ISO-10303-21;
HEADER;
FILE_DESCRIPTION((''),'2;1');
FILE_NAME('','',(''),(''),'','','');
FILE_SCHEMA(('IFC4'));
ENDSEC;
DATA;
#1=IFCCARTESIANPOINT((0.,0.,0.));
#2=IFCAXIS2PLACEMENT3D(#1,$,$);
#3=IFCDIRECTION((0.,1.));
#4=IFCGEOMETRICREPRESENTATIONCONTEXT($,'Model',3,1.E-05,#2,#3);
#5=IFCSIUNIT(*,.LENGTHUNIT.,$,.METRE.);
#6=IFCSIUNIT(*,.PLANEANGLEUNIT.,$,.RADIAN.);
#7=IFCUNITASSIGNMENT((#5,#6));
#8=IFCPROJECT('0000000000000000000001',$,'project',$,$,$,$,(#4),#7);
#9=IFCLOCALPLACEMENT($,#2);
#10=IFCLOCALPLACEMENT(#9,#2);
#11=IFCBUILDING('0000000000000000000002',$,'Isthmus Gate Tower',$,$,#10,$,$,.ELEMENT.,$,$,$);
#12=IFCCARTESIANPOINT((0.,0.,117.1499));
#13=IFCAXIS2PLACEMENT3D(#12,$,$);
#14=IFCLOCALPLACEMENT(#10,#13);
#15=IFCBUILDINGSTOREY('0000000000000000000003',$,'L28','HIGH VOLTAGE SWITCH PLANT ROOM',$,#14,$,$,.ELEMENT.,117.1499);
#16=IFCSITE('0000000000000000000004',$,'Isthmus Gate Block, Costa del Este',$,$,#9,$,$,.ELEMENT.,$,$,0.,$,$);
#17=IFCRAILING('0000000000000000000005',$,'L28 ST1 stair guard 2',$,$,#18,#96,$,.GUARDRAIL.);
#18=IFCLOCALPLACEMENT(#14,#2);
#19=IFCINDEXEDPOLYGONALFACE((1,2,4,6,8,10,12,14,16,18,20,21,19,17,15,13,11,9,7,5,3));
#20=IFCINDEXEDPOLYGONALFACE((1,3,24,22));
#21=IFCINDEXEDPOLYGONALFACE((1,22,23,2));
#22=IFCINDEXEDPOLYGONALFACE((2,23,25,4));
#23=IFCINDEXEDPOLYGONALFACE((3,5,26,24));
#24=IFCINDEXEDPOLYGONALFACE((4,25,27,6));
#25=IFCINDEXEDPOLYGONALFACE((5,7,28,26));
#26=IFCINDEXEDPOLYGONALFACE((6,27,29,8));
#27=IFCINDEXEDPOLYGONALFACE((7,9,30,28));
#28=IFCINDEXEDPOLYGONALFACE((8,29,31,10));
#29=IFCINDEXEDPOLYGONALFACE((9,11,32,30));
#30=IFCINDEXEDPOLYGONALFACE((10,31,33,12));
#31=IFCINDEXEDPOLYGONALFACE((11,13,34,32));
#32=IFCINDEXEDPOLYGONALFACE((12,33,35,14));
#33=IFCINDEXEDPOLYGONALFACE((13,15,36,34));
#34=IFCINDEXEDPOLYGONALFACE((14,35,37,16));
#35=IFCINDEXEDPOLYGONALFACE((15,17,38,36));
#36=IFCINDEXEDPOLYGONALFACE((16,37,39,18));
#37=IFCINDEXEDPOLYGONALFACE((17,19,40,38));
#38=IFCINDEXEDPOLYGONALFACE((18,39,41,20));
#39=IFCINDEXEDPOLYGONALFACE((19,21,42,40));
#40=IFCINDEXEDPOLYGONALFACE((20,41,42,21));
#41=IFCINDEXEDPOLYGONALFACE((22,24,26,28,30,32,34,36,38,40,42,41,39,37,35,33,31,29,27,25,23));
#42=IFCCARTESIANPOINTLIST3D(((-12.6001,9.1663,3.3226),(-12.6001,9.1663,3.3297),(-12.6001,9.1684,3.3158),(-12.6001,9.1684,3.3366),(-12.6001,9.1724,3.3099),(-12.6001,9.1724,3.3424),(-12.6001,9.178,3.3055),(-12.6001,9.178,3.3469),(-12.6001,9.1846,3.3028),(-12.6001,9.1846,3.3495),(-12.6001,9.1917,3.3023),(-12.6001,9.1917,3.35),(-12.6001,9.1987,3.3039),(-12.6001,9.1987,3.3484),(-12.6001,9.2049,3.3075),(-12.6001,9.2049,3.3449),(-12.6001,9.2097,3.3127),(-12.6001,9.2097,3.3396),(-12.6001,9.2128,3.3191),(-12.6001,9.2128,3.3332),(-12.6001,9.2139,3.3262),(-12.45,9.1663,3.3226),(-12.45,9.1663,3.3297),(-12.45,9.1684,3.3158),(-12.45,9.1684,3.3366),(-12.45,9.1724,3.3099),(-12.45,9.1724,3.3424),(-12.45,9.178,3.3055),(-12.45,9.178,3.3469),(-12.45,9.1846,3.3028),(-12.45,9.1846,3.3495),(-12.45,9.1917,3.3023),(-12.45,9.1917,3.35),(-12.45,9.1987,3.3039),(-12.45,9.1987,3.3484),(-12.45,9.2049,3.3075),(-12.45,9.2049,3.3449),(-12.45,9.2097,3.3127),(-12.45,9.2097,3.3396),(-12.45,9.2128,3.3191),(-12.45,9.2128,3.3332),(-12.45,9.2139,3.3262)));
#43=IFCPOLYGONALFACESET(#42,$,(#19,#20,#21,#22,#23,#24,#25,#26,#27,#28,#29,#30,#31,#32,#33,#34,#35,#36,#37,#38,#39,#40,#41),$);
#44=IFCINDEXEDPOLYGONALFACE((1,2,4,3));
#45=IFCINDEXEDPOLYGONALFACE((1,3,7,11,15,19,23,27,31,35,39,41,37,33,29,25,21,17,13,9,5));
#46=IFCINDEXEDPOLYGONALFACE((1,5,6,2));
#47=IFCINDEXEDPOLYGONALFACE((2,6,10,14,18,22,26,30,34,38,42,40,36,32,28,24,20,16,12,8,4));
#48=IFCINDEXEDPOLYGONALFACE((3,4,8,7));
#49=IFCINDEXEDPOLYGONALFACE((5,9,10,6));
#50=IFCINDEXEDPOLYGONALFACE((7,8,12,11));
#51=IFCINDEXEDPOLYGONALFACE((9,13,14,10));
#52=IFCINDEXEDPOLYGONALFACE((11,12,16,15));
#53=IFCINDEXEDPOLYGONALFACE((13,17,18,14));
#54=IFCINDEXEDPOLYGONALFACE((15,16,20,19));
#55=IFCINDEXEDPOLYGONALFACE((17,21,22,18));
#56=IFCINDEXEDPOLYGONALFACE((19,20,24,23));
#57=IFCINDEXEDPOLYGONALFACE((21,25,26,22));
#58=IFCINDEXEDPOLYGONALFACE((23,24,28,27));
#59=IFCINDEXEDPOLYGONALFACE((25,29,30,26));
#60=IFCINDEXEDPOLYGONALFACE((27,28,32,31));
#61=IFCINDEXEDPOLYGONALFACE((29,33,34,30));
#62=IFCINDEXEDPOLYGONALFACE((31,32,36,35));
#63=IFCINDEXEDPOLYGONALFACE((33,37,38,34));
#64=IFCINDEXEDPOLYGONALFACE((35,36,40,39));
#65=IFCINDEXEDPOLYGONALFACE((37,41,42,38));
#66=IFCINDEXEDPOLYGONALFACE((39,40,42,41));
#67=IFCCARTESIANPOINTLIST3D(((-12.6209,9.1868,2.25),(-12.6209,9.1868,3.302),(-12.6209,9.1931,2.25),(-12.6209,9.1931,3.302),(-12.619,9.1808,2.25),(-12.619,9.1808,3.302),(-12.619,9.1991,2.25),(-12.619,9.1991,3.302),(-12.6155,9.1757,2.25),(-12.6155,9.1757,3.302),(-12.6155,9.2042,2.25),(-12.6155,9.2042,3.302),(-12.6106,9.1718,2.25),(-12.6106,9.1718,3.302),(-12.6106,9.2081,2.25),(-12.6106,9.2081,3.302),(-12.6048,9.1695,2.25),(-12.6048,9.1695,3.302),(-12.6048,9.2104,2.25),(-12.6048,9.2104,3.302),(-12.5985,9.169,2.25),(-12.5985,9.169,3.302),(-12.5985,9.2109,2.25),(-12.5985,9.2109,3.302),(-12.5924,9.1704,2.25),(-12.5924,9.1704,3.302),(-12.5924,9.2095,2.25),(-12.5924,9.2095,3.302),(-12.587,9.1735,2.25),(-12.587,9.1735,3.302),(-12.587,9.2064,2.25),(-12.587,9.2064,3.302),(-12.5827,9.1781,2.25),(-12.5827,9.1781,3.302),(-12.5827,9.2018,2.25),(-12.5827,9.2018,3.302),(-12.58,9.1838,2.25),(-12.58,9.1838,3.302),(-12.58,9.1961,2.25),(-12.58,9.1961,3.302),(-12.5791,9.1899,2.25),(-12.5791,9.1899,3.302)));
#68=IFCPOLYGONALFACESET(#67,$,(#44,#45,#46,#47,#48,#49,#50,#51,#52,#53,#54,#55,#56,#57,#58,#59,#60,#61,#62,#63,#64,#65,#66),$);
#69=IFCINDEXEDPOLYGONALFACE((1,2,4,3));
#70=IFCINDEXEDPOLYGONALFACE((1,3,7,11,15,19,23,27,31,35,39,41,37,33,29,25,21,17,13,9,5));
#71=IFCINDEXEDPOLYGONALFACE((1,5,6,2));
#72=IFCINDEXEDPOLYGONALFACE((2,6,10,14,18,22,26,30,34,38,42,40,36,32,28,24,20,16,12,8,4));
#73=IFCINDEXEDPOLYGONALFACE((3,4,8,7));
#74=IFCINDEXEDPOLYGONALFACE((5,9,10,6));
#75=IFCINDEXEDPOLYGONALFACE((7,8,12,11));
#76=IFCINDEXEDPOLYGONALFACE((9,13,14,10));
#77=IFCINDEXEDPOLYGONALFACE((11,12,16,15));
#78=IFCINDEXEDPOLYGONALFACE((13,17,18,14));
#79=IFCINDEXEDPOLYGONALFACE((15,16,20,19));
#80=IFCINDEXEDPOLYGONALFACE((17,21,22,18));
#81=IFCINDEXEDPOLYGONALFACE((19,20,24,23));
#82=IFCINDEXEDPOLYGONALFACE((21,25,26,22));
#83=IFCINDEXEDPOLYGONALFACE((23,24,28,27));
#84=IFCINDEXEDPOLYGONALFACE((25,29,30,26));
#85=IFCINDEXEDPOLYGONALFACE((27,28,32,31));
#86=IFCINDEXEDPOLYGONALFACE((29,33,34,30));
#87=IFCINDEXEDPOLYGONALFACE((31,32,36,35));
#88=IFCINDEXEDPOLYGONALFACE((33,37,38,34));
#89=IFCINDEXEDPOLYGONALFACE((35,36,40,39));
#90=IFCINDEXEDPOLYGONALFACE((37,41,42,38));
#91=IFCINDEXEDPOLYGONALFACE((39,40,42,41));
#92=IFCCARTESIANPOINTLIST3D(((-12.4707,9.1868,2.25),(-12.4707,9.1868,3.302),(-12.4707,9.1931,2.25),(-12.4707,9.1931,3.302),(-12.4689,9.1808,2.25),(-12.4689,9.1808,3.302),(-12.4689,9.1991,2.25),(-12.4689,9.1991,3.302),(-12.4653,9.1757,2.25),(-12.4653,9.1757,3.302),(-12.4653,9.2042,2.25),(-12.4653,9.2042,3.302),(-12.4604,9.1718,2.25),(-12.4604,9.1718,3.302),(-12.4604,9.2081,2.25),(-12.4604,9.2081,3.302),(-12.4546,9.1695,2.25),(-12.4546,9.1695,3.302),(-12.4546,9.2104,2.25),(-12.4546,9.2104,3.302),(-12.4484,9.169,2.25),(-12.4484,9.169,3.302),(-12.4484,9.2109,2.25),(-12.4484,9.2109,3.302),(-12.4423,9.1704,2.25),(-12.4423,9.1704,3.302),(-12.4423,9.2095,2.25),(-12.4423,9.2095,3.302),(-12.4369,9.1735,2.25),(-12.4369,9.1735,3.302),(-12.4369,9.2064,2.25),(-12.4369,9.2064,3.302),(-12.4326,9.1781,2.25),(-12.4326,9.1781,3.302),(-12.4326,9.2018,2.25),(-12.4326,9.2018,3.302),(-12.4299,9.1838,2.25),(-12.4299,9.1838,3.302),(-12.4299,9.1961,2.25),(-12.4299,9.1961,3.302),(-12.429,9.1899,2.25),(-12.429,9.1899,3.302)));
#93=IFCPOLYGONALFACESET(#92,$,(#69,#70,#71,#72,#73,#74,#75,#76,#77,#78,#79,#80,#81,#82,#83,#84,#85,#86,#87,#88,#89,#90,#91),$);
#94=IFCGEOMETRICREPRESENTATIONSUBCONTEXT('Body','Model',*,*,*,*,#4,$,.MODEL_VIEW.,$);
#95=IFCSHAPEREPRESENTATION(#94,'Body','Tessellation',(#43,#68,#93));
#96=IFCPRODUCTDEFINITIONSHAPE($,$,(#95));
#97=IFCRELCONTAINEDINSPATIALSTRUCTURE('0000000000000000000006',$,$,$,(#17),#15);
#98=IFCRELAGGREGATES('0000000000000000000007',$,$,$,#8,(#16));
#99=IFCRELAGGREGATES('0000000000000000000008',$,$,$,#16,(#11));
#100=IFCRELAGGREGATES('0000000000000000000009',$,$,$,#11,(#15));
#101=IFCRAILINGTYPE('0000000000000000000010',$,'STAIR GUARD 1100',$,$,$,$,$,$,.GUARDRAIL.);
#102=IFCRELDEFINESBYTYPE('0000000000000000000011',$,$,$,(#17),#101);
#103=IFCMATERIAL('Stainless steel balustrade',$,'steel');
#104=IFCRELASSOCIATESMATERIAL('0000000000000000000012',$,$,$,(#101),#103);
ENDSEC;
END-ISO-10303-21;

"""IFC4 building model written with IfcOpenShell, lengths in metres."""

from ifc_helpers import new_model, si_unit, direction, frame, origin, origin_2d, place, context, subcontext, project, spatial, circle, extrude, material, type_object, element, save


model = new_model("IFC4")

# Units and contexts
model_context = context("Model", 3, precision=1e-05, world=origin(), true_north=direction((0.0, 1.0)))
body_context = subcontext(model_context, "Body", "Model", "MODEL_VIEW")
ifc_project = project(units=[si_unit("LENGTHUNIT", "METRE"), si_unit("PLANEANGLEUNIT", "RADIAN")], contexts=[model_context])

# Site, building, storey
site_placement = place(None, origin())
site = spatial("IfcSite", under=ifc_project, at=site_placement, Name="Isthmus Gate Block, Costa del Este", CompositionType="ELEMENT", RefElevation=0.0)
building_placement = place(site_placement, origin())
building = spatial("IfcBuilding", under=site, at=building_placement, Name="Isthmus Gate Tower", CompositionType="ELEMENT")
storey_placement = place(building_placement, frame((0.0, 0.0, 117.1499)))
storey = spatial("IfcBuildingStorey", under=building, at=storey_placement, Name="L28", Description="HIGH VOLTAGE SWITCH PLANT ROOM", CompositionType="ELEMENT", Elevation=117.1499)

# Railing
ifc_material_1 = material(Name="Stainless steel balustrade", Category="steel")
railing_type_1 = type_object("IfcRailingType", Name="STAIR GUARD 1100", PredefinedType="GUARDRAIL", material=ifc_material_1)
railing_1_placement = place(storey_placement, frame((-12.6001, 9.1899, 2.25)))
element("IfcRailing", 1, at=railing_1_placement, inside=storey, type_object=railing_type_1, Name="L28 ST1 stair guard 2", PredefinedType="GUARDRAIL", context=body_context, shape_type="SweptSolid", body=[
    extrude(circle(Radius=0.0239, at=origin_2d()), frame((0.0, 0.0, 1.0762), z_axis=(1.0, 0.0, 0.0), x_axis=(0.0, 1.0, 0.0)), (0.0, 0.0, 1.0), 0.1501),
    extrude(circle(Radius=0.021, at=origin_2d()), origin(), (0.0, 0.0, 1.0), 1.052),
    extrude(circle(Radius=0.021, at=origin_2d()), frame((0.1501, 0.0, 0.0)), (0.0, 0.0, 1.0), 1.052),
])

save(model, "model.ifc")
